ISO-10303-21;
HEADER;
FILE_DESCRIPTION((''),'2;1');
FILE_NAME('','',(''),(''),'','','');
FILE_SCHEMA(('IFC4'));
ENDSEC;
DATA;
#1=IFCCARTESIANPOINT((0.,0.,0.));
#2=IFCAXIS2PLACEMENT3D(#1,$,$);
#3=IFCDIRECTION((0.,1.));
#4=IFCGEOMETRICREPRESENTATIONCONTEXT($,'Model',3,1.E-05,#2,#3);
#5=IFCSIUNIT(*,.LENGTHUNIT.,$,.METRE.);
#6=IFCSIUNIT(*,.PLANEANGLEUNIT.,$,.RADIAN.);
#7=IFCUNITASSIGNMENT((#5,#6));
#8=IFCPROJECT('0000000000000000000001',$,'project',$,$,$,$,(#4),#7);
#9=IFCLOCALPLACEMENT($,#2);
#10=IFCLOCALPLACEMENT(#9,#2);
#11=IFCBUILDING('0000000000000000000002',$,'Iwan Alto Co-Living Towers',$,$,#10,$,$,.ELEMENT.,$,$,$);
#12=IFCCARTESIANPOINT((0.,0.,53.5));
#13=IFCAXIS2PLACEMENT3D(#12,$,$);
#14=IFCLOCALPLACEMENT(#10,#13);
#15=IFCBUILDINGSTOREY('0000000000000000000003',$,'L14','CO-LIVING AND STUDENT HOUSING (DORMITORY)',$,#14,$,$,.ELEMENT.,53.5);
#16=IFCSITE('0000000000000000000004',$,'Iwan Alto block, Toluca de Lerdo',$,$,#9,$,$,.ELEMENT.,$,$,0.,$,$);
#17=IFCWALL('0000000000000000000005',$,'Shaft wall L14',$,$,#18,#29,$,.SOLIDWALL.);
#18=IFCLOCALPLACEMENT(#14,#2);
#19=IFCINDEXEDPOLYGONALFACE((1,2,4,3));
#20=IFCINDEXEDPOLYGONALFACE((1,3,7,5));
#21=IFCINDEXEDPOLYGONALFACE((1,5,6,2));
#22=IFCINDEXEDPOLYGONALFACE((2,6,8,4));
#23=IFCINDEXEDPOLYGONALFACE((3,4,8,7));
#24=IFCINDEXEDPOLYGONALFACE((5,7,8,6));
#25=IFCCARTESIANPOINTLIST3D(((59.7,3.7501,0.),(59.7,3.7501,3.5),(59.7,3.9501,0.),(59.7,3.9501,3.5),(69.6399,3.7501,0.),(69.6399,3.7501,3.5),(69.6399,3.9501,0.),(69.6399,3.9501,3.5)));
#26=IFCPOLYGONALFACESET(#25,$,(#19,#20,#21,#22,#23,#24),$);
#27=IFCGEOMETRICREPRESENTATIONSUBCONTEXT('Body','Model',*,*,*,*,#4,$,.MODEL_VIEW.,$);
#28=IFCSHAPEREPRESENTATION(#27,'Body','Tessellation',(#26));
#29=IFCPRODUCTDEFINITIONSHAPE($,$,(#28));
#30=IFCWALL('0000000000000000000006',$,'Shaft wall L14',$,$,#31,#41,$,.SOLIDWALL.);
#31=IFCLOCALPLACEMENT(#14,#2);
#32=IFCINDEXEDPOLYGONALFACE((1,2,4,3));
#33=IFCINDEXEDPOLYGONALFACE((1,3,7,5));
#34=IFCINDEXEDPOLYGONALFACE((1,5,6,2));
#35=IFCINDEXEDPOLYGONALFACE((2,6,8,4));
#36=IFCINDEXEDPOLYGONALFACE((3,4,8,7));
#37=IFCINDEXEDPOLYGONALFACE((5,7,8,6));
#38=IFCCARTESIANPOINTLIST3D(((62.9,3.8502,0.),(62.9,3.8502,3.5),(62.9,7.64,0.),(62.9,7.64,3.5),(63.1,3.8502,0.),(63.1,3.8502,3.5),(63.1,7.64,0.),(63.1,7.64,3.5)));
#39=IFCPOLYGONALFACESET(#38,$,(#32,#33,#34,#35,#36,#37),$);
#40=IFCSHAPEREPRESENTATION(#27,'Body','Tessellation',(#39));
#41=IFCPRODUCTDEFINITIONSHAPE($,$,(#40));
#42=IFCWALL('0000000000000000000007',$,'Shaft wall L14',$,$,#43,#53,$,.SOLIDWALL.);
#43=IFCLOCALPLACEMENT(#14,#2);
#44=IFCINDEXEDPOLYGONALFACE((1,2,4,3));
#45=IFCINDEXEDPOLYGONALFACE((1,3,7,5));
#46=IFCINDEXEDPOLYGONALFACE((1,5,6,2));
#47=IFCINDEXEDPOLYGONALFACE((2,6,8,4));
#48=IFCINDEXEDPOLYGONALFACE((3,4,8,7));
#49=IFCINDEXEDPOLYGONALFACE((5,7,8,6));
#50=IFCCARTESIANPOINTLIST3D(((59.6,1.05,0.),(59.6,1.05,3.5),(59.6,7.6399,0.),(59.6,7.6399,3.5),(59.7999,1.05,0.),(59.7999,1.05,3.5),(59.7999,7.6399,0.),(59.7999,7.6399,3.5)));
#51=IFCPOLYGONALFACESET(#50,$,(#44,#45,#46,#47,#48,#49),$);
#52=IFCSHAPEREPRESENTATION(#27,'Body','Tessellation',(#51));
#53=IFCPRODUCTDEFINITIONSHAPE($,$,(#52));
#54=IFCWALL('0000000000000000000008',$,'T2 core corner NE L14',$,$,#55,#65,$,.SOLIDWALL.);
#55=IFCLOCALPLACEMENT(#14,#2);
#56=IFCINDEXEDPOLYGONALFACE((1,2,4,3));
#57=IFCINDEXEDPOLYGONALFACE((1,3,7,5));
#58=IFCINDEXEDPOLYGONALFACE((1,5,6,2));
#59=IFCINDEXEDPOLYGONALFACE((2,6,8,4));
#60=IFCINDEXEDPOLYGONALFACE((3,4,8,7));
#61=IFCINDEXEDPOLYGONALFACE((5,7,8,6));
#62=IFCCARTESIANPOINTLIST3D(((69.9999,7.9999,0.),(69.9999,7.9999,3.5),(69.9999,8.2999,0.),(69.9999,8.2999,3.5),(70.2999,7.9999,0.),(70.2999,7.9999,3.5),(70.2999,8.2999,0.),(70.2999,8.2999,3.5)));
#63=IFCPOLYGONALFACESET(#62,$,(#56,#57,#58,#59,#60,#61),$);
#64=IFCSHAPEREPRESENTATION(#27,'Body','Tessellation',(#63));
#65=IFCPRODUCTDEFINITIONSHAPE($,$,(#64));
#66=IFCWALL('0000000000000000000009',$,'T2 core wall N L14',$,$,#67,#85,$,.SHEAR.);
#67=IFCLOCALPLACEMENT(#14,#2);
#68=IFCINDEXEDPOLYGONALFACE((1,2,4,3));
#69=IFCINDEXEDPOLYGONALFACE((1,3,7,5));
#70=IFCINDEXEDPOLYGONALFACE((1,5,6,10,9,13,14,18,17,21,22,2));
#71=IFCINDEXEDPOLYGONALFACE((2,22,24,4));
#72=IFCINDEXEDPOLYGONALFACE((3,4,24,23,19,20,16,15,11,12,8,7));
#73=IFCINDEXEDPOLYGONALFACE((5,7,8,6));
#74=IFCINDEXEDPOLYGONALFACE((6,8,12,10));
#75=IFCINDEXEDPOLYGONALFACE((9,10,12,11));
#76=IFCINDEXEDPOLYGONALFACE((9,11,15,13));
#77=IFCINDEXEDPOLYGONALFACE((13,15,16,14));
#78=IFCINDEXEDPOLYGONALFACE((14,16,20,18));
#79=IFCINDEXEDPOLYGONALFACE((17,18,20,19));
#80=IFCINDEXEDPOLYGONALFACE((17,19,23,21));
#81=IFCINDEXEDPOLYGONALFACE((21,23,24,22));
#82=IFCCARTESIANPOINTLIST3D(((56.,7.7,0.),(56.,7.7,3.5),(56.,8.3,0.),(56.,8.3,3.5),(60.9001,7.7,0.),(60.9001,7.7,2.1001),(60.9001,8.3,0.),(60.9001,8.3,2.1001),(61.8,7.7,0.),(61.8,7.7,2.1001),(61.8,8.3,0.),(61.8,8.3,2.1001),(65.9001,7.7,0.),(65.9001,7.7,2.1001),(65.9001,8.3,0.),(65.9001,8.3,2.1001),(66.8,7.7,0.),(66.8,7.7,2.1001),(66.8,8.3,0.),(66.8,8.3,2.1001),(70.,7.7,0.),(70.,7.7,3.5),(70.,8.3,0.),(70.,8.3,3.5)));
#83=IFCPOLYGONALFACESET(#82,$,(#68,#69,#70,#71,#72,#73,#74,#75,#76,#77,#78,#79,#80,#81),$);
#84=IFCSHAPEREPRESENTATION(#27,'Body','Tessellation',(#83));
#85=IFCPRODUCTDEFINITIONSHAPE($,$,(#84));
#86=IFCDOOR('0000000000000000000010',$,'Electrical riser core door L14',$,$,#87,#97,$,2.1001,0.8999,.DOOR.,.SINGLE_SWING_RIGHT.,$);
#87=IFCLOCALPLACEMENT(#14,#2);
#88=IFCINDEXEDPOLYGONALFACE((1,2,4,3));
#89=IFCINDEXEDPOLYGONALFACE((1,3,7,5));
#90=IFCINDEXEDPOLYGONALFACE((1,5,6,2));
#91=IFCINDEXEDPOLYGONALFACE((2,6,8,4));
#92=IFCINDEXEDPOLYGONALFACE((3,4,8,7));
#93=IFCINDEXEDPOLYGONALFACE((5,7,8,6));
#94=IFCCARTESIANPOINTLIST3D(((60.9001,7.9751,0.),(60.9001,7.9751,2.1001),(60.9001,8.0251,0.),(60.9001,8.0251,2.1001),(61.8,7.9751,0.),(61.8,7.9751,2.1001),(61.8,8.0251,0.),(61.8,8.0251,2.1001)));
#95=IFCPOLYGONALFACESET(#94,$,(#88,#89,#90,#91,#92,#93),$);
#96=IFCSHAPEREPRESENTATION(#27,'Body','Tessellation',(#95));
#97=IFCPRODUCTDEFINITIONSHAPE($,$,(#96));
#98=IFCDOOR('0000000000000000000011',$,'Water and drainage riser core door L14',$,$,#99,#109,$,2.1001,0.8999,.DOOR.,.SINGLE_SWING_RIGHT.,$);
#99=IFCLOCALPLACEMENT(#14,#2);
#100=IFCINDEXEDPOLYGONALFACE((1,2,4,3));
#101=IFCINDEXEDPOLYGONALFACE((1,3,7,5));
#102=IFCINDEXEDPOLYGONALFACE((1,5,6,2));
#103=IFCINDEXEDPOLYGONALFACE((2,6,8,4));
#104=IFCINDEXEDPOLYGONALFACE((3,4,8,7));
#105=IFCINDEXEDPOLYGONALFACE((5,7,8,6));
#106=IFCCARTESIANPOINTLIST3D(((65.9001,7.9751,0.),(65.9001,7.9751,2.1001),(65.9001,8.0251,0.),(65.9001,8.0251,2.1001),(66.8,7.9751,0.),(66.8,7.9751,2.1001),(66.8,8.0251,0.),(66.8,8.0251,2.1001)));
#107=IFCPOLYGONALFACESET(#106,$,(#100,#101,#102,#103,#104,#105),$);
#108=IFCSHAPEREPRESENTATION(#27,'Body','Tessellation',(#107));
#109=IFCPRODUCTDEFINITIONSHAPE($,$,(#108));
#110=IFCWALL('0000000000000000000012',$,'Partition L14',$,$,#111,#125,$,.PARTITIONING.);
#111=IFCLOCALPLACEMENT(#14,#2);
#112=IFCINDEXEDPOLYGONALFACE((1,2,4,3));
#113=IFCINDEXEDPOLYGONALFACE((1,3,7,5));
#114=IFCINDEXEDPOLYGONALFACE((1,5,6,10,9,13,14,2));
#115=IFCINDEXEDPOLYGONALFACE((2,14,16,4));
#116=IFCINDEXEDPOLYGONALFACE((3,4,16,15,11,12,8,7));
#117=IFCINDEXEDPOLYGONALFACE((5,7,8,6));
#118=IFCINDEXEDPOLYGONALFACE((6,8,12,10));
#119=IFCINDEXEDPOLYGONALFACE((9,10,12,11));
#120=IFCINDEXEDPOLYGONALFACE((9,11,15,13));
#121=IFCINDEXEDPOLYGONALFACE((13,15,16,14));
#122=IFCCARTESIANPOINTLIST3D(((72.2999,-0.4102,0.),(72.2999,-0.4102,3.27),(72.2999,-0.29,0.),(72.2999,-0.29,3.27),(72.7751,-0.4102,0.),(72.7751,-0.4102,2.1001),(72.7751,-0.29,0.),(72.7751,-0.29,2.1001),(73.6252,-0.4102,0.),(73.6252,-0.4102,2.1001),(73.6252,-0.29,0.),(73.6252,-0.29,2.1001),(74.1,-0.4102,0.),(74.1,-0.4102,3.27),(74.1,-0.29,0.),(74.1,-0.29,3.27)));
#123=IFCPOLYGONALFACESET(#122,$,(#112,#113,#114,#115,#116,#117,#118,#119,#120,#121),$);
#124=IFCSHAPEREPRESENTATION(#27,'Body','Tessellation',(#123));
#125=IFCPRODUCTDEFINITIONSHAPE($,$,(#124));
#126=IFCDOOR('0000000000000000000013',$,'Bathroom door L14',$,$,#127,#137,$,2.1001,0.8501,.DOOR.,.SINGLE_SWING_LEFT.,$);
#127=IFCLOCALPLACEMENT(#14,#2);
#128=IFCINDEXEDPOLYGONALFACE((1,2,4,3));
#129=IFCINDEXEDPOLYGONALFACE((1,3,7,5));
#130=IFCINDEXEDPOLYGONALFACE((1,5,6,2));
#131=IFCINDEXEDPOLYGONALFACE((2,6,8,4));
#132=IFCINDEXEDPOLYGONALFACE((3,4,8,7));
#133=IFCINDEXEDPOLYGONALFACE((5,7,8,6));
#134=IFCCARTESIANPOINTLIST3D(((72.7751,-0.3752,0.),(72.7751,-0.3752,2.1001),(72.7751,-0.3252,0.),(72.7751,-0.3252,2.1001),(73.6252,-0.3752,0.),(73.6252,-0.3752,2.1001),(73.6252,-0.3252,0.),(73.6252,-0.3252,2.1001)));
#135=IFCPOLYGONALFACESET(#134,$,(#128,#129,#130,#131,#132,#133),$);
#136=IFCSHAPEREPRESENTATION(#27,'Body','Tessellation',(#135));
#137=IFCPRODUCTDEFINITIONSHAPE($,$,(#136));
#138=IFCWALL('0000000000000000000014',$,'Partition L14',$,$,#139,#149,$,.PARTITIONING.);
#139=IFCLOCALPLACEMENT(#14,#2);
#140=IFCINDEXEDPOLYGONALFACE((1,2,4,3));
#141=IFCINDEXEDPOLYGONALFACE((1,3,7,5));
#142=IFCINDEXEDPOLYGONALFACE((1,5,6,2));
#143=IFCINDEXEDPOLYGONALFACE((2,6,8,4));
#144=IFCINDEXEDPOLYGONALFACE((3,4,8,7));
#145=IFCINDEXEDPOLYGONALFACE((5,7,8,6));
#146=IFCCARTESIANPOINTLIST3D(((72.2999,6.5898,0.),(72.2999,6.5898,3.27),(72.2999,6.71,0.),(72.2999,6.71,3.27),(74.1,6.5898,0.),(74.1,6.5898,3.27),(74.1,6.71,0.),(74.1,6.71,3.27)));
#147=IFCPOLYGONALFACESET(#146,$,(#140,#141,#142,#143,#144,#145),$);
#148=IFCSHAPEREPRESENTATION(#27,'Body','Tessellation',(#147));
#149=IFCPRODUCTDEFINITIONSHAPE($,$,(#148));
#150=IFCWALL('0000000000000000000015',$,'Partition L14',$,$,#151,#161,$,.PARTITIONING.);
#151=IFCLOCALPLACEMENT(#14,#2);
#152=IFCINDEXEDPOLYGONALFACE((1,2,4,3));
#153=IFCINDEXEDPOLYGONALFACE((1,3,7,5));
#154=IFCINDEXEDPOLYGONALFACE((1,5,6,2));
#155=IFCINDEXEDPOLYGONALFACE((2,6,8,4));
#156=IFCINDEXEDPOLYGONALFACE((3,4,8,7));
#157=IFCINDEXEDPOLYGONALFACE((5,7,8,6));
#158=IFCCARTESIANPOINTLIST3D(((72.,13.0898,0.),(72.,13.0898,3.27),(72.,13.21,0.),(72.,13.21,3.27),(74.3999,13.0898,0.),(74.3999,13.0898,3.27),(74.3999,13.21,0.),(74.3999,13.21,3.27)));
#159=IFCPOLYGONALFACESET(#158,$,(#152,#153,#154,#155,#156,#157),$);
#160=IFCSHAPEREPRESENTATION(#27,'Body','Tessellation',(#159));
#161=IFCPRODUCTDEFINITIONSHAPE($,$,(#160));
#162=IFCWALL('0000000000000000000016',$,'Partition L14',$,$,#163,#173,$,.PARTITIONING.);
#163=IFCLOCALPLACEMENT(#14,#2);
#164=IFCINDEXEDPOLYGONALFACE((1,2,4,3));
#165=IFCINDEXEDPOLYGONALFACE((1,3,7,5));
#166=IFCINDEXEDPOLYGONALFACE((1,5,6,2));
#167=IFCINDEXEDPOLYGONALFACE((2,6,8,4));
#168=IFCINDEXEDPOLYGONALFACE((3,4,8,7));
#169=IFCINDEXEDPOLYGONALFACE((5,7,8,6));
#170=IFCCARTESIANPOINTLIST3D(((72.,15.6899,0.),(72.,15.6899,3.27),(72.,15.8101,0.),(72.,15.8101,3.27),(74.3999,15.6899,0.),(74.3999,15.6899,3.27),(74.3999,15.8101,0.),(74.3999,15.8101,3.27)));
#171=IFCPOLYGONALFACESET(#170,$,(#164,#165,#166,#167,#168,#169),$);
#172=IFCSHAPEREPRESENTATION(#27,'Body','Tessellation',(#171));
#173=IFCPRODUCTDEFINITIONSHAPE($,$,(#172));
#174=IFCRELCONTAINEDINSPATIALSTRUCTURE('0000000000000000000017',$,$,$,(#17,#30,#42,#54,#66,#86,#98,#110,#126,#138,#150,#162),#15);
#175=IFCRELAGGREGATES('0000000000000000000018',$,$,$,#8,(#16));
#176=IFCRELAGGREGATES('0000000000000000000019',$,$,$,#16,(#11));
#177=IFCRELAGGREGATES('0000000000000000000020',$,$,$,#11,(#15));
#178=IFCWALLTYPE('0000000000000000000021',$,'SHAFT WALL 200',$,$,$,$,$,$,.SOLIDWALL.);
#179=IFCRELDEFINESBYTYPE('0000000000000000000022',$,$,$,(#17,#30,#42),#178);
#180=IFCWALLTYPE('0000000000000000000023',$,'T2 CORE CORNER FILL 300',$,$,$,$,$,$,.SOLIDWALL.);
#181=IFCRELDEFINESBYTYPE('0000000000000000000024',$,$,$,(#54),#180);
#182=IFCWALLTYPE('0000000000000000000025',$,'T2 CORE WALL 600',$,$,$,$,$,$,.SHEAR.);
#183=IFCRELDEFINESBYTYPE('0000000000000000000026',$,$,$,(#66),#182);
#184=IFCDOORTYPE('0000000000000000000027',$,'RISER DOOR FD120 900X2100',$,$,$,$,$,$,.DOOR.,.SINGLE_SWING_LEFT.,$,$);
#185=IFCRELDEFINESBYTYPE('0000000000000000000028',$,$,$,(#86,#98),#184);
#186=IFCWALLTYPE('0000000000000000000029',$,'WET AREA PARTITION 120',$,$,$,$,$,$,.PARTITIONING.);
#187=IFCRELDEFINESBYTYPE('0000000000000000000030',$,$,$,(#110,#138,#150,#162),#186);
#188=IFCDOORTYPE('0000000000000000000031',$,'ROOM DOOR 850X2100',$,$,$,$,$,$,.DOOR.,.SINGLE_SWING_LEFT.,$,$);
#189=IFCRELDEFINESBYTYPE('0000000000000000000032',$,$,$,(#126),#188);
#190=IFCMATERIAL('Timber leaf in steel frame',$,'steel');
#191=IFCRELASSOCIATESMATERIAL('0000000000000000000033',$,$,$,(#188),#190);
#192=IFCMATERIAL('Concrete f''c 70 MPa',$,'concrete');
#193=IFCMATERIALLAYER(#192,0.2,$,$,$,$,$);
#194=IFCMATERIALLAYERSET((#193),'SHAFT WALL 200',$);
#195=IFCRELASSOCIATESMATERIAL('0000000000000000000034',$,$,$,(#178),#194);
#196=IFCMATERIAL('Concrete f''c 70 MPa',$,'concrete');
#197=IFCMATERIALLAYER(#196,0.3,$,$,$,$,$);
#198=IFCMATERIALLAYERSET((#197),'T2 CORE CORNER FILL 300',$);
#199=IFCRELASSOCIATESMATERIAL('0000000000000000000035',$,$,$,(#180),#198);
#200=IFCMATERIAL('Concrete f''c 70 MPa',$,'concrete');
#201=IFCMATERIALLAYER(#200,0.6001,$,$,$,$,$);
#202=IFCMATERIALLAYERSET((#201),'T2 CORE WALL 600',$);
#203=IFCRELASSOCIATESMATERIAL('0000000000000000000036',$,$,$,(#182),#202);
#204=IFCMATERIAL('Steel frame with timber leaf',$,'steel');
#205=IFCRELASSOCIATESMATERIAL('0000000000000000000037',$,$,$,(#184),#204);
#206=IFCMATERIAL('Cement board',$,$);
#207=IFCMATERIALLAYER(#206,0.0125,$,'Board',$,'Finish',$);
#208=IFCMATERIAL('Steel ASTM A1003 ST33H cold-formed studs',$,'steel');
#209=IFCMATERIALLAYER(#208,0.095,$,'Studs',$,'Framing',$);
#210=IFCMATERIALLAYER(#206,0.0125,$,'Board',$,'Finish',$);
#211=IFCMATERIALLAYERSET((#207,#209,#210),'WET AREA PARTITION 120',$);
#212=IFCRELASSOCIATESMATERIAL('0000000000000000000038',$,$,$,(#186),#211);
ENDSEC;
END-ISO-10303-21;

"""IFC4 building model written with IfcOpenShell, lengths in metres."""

from ifc_helpers import new_model, si_unit, direction, frame, frame_2d, origin, place, context, subcontext, project, spatial, rectangle, extrude, material, layer, layer_set, type_object, element, fill, save


model = new_model("IFC4")

# Units and contexts
model_context = context("Model", 3, precision=1e-05, world=origin(), true_north=direction((0.0, 1.0)))
body_context = subcontext(model_context, "Body", "Model", "MODEL_VIEW")
ifc_project = project(units=[si_unit("LENGTHUNIT", "METRE"), si_unit("PLANEANGLEUNIT", "RADIAN")], contexts=[model_context])

# Site, building, storey
site_placement = place(None, origin())
site = spatial("IfcSite", under=ifc_project, at=site_placement, Name="Iwan Alto block, Toluca de Lerdo", CompositionType="ELEMENT", RefElevation=0.0)
building_placement = place(site_placement, origin())
building = spatial("IfcBuilding", under=site, at=building_placement, Name="Iwan Alto Co-Living Towers", CompositionType="ELEMENT")
storey_placement = place(building_placement, frame((0.0, 0.0, 53.5)))
storey = spatial("IfcBuildingStorey", under=building, at=storey_placement, Name="L14", Description="CO-LIVING AND STUDENT HOUSING (DORMITORY)", CompositionType="ELEMENT", Elevation=53.5)

# Shared definitions
ifc_material_1 = material(Name="Steel ASTM A1003 ST33H cold-formed studs", Category="steel")
ifc_material_2 = material(Name="Timber leaf in steel frame", Category="steel")
door_type_1 = type_object("IfcDoorType", Name="ROOM DOOR 850X2100", OperationType="SINGLE_SWING_LEFT", PredefinedType="DOOR", material=ifc_material_2)

# Walls
ifc_material_3 = material(Name="Concrete f'c 70 MPa", Category="concrete")
ifc_layer_1 = layer(ifc_material_3, 0.2)
ifc_layer_set_1 = layer_set([ifc_layer_1], Name="SHAFT WALL 200")
wall_type_1 = type_object("IfcWallType", Name="SHAFT WALL 200", PredefinedType="SOLIDWALL", material=ifc_layer_set_1)
wall_1_placement = place(storey_placement, frame((59.7, 3.8501, 0.0), z_axis=(0.0, 0.0, 1.0), x_axis=(1.0, 0.0, 0.0)))
element("IfcWall", 1, at=wall_1_placement, inside=storey, type_object=wall_type_1, Name="Shaft wall L14", PredefinedType="SOLIDWALL", context=body_context, shape_type="SweptSolid", body=[
    extrude(rectangle(XDim=9.9399, YDim=0.2, at=frame_2d((4.97, 0.0))), origin(), (0.0, 0.0, 1.0), 3.5),
])
wall_2_placement = place(storey_placement, frame((63.0, 3.8501, 0.0), z_axis=(0.0, 0.0, 1.0), x_axis=(0.0, 1.0, 0.0)))
element("IfcWall", 2, at=wall_2_placement, inside=storey, type_object=wall_type_1, Name="Shaft wall L14", PredefinedType="SOLIDWALL", context=body_context, shape_type="SweptSolid", body=[
    extrude(rectangle(XDim=3.7898, YDim=0.2, at=frame_2d((1.895, 0.0))), origin(), (0.0, 0.0, 1.0), 3.5),
])
wall_3_placement = place(storey_placement, frame((59.7, 1.05, 0.0), z_axis=(0.0, 0.0, 1.0), x_axis=(0.0, 1.0, 0.0)))
element("IfcWall", 3, at=wall_3_placement, inside=storey, type_object=wall_type_1, Name="Shaft wall L14", PredefinedType="SOLIDWALL", context=body_context, shape_type="SweptSolid", body=[
    extrude(rectangle(XDim=6.5898, YDim=0.2, at=frame_2d((3.2949, 0.0))), origin(), (0.0, 0.0, 1.0), 3.5),
])
ifc_material_4 = material(Name="Concrete f'c 70 MPa", Category="concrete")
ifc_layer_2 = layer(ifc_material_4, 0.3)
ifc_layer_set_2 = layer_set([ifc_layer_2], Name="T2 CORE CORNER FILL 300")
wall_type_2 = type_object("IfcWallType", Name="T2 CORE CORNER FILL 300", PredefinedType="SOLIDWALL", material=ifc_layer_set_2)
wall_4_placement = place(storey_placement, frame((70.0, 8.1499, 0.0), z_axis=(0.0, 0.0, 1.0), x_axis=(1.0, 0.0, 0.0)))
element("IfcWall", 4, at=wall_4_placement, inside=storey, type_object=wall_type_2, Name="T2 core corner NE L14", PredefinedType="SOLIDWALL", context=body_context, shape_type="SweptSolid", body=[
    extrude(rectangle(XDim=0.3, YDim=0.3, at=frame_2d((0.1499, 0.0))), origin(), (0.0, 0.0, 1.0), 3.5),
])

# Wall, openings, doors
ifc_material_5 = material(Name="Concrete f'c 70 MPa", Category="concrete")
ifc_layer_3 = layer(ifc_material_5, 0.6001)
ifc_layer_set_3 = layer_set([ifc_layer_3], Name="T2 CORE WALL 600")
wall_type_3 = type_object("IfcWallType", Name="T2 CORE WALL 600", PredefinedType="SHEAR", material=ifc_layer_set_3)
wall_5_placement = place(storey_placement, frame((70.0, 8.0, 0.0), z_axis=(0.0, 0.0, 1.0), x_axis=(-1.0, 0.0, 0.0)))
wall_5 = element("IfcWall", 5, at=wall_5_placement, inside=storey, type_object=wall_type_3, Name="T2 core wall N L14", PredefinedType="SHEAR", context=body_context, shape_type="SweptSolid", body=[
    extrude(rectangle(XDim=14.0, YDim=0.6001, at=frame_2d((7.0, 0.0))), origin(), (0.0, 0.0, 1.0), 3.5),
])
opening_1_placement = place(wall_5_placement, frame((8.2, 0.0, 0.0)))
opening_1 = element("IfcOpeningElement", 6, at=opening_1_placement, cuts=wall_5, PredefinedType="OPENING", context=body_context, shape_type="SweptSolid", body=[
    extrude(rectangle(XDim=0.8999, YDim=2.1001, at=frame_2d((0.45, 1.05))), frame((0.0, 0.3101, 0.0), z_axis=(0.0, -1.0, 0.0), x_axis=(1.0, 0.0, 0.0)), (0.0, 0.0, 1.0), 0.6201),
])
opening_2_placement = place(wall_5_placement, frame((3.2, 0.0, 0.0)))
opening_2 = element("IfcOpeningElement", 7, at=opening_2_placement, cuts=wall_5, PredefinedType="OPENING", context=body_context, shape_type="SweptSolid", body=[
    extrude(rectangle(XDim=0.8999, YDim=2.1001, at=frame_2d((0.45, 1.05))), frame((0.0, 0.3101, 0.0), z_axis=(0.0, -1.0, 0.0), x_axis=(1.0, 0.0, 0.0)), (0.0, 0.0, 1.0), 0.6201),
])
ifc_material_6 = material(Name="Steel frame with timber leaf", Category="steel")
door_type_2 = type_object("IfcDoorType", Name="RISER DOOR FD120 900X2100", OperationType="SINGLE_SWING_LEFT", PredefinedType="DOOR", material=ifc_material_6)
door_1_placement = place(opening_1_placement, origin())
door_1 = element("IfcDoor", 8, at=door_1_placement, inside=storey, type_object=door_type_2, Name="Electrical riser core door L14", OperationType="SINGLE_SWING_RIGHT", OverallHeight=2.1001, OverallWidth=0.8999, PredefinedType="DOOR", context=body_context, shape_type="SweptSolid", body=[
    extrude(rectangle(XDim=0.8999, YDim=2.1001, at=frame_2d((0.45, 1.05))), frame((0.0, 0.0249, 0.0), z_axis=(0.0, -1.0, 0.0), x_axis=(1.0, 0.0, 0.0)), (0.0, 0.0, 1.0), 0.05),
])
fill(opening_1, door_1)
door_2_placement = place(opening_2_placement, origin())
door_2 = element("IfcDoor", 9, at=door_2_placement, inside=storey, type_object=door_type_2, Name="Water and drainage riser core door L14", OperationType="SINGLE_SWING_RIGHT", OverallHeight=2.1001, OverallWidth=0.8999, PredefinedType="DOOR", context=body_context, shape_type="SweptSolid", body=[
    extrude(rectangle(XDim=0.8999, YDim=2.1001, at=frame_2d((0.45, 1.05))), frame((0.0, 0.0249, 0.0), z_axis=(0.0, -1.0, 0.0), x_axis=(1.0, 0.0, 0.0)), (0.0, 0.0, 1.0), 0.05),
])
fill(opening_2, door_2)

# Wall, opening, door
ifc_material_7 = material(Name="Cement board")
ifc_layer_4 = layer(ifc_material_7, 0.0125, Name="Board", Category="Finish")
ifc_layer_5 = layer(ifc_material_1, 0.095, Name="Studs", Category="Framing")
ifc_layer_6 = layer(ifc_material_7, 0.0125, Name="Board", Category="Finish")
ifc_layer_set_4 = layer_set([ifc_layer_4, ifc_layer_5, ifc_layer_6], Name="WET AREA PARTITION 120")
wall_type_4 = type_object("IfcWallType", Name="WET AREA PARTITION 120", PredefinedType="PARTITIONING", material=ifc_layer_set_4)
wall_6_placement = place(storey_placement, frame((72.3, -0.3501, 0.0), z_axis=(0.0, 0.0, 1.0), x_axis=(1.0, 0.0, 0.0)))
wall_6 = element("IfcWall", 10, at=wall_6_placement, inside=storey, type_object=wall_type_4, Name="Partition L14", PredefinedType="PARTITIONING", context=body_context, shape_type="SweptSolid", body=[
    extrude(rectangle(XDim=1.8, YDim=0.1201, at=frame_2d((0.8999, 0.0))), origin(), (0.0, 0.0, 1.0), 3.27),
])
opening_3_placement = place(wall_6_placement, frame((0.4751, 0.0, 0.0)))
opening_3 = element("IfcOpeningElement", 11, at=opening_3_placement, cuts=wall_6, PredefinedType="OPENING", context=body_context, shape_type="SweptSolid", body=[
    extrude(rectangle(XDim=0.8501, YDim=2.1001, at=frame_2d((0.425, 1.05))), frame((0.0, 0.0701, 0.0), z_axis=(0.0, -1.0, 0.0), x_axis=(1.0, 0.0, 0.0)), (0.0, 0.0, 1.0), 0.1401),
])
door_3_placement = place(opening_3_placement, origin())
door_3 = element("IfcDoor", 12, at=door_3_placement, inside=storey, type_object=door_type_1, Name="Bathroom door L14", OperationType="SINGLE_SWING_LEFT", OverallHeight=2.1001, OverallWidth=0.8501, PredefinedType="DOOR", context=body_context, shape_type="SweptSolid", body=[
    extrude(rectangle(XDim=0.8501, YDim=2.1001, at=frame_2d((0.425, 1.05))), frame((0.0, 0.0249, 0.0), z_axis=(0.0, -1.0, 0.0), x_axis=(1.0, 0.0, 0.0)), (0.0, 0.0, 1.0), 0.05),
])
fill(opening_3, door_3)

# Walls
wall_7_placement = place(storey_placement, frame((72.3, 6.6499, 0.0), z_axis=(0.0, 0.0, 1.0), x_axis=(1.0, 0.0, 0.0)))
element("IfcWall", 13, at=wall_7_placement, inside=storey, type_object=wall_type_4, Name="Partition L14", PredefinedType="PARTITIONING", context=body_context, shape_type="SweptSolid", body=[
    extrude(rectangle(XDim=1.8, YDim=0.1201, at=frame_2d((0.8999, 0.0))), origin(), (0.0, 0.0, 1.0), 3.27),
])
for number, where, z_axis, x_axis, name in (
    (14, (72.0, 13.1499, 0.0), (0.0, 0.0, 1.0), (1.0, 0.0, 0.0), "Partition L14"),
    (15, (72.0, 15.75, 0.0), (0.0, 0.0, 1.0), (1.0, 0.0, 0.0), "Partition L14"),
):
    element("IfcWall", number, at=place(storey_placement, frame(where, z_axis=z_axis, x_axis=x_axis)), inside=storey, type_object=wall_type_4, Name=name, PredefinedType="PARTITIONING", context=body_context, shape_type="SweptSolid", body=[
        extrude(rectangle(XDim=2.3999, YDim=0.1201, at=frame_2d((1.2, 0.0))), origin(), (0.0, 0.0, 1.0), 3.27),
    ])

save(model, "model.ifc")
